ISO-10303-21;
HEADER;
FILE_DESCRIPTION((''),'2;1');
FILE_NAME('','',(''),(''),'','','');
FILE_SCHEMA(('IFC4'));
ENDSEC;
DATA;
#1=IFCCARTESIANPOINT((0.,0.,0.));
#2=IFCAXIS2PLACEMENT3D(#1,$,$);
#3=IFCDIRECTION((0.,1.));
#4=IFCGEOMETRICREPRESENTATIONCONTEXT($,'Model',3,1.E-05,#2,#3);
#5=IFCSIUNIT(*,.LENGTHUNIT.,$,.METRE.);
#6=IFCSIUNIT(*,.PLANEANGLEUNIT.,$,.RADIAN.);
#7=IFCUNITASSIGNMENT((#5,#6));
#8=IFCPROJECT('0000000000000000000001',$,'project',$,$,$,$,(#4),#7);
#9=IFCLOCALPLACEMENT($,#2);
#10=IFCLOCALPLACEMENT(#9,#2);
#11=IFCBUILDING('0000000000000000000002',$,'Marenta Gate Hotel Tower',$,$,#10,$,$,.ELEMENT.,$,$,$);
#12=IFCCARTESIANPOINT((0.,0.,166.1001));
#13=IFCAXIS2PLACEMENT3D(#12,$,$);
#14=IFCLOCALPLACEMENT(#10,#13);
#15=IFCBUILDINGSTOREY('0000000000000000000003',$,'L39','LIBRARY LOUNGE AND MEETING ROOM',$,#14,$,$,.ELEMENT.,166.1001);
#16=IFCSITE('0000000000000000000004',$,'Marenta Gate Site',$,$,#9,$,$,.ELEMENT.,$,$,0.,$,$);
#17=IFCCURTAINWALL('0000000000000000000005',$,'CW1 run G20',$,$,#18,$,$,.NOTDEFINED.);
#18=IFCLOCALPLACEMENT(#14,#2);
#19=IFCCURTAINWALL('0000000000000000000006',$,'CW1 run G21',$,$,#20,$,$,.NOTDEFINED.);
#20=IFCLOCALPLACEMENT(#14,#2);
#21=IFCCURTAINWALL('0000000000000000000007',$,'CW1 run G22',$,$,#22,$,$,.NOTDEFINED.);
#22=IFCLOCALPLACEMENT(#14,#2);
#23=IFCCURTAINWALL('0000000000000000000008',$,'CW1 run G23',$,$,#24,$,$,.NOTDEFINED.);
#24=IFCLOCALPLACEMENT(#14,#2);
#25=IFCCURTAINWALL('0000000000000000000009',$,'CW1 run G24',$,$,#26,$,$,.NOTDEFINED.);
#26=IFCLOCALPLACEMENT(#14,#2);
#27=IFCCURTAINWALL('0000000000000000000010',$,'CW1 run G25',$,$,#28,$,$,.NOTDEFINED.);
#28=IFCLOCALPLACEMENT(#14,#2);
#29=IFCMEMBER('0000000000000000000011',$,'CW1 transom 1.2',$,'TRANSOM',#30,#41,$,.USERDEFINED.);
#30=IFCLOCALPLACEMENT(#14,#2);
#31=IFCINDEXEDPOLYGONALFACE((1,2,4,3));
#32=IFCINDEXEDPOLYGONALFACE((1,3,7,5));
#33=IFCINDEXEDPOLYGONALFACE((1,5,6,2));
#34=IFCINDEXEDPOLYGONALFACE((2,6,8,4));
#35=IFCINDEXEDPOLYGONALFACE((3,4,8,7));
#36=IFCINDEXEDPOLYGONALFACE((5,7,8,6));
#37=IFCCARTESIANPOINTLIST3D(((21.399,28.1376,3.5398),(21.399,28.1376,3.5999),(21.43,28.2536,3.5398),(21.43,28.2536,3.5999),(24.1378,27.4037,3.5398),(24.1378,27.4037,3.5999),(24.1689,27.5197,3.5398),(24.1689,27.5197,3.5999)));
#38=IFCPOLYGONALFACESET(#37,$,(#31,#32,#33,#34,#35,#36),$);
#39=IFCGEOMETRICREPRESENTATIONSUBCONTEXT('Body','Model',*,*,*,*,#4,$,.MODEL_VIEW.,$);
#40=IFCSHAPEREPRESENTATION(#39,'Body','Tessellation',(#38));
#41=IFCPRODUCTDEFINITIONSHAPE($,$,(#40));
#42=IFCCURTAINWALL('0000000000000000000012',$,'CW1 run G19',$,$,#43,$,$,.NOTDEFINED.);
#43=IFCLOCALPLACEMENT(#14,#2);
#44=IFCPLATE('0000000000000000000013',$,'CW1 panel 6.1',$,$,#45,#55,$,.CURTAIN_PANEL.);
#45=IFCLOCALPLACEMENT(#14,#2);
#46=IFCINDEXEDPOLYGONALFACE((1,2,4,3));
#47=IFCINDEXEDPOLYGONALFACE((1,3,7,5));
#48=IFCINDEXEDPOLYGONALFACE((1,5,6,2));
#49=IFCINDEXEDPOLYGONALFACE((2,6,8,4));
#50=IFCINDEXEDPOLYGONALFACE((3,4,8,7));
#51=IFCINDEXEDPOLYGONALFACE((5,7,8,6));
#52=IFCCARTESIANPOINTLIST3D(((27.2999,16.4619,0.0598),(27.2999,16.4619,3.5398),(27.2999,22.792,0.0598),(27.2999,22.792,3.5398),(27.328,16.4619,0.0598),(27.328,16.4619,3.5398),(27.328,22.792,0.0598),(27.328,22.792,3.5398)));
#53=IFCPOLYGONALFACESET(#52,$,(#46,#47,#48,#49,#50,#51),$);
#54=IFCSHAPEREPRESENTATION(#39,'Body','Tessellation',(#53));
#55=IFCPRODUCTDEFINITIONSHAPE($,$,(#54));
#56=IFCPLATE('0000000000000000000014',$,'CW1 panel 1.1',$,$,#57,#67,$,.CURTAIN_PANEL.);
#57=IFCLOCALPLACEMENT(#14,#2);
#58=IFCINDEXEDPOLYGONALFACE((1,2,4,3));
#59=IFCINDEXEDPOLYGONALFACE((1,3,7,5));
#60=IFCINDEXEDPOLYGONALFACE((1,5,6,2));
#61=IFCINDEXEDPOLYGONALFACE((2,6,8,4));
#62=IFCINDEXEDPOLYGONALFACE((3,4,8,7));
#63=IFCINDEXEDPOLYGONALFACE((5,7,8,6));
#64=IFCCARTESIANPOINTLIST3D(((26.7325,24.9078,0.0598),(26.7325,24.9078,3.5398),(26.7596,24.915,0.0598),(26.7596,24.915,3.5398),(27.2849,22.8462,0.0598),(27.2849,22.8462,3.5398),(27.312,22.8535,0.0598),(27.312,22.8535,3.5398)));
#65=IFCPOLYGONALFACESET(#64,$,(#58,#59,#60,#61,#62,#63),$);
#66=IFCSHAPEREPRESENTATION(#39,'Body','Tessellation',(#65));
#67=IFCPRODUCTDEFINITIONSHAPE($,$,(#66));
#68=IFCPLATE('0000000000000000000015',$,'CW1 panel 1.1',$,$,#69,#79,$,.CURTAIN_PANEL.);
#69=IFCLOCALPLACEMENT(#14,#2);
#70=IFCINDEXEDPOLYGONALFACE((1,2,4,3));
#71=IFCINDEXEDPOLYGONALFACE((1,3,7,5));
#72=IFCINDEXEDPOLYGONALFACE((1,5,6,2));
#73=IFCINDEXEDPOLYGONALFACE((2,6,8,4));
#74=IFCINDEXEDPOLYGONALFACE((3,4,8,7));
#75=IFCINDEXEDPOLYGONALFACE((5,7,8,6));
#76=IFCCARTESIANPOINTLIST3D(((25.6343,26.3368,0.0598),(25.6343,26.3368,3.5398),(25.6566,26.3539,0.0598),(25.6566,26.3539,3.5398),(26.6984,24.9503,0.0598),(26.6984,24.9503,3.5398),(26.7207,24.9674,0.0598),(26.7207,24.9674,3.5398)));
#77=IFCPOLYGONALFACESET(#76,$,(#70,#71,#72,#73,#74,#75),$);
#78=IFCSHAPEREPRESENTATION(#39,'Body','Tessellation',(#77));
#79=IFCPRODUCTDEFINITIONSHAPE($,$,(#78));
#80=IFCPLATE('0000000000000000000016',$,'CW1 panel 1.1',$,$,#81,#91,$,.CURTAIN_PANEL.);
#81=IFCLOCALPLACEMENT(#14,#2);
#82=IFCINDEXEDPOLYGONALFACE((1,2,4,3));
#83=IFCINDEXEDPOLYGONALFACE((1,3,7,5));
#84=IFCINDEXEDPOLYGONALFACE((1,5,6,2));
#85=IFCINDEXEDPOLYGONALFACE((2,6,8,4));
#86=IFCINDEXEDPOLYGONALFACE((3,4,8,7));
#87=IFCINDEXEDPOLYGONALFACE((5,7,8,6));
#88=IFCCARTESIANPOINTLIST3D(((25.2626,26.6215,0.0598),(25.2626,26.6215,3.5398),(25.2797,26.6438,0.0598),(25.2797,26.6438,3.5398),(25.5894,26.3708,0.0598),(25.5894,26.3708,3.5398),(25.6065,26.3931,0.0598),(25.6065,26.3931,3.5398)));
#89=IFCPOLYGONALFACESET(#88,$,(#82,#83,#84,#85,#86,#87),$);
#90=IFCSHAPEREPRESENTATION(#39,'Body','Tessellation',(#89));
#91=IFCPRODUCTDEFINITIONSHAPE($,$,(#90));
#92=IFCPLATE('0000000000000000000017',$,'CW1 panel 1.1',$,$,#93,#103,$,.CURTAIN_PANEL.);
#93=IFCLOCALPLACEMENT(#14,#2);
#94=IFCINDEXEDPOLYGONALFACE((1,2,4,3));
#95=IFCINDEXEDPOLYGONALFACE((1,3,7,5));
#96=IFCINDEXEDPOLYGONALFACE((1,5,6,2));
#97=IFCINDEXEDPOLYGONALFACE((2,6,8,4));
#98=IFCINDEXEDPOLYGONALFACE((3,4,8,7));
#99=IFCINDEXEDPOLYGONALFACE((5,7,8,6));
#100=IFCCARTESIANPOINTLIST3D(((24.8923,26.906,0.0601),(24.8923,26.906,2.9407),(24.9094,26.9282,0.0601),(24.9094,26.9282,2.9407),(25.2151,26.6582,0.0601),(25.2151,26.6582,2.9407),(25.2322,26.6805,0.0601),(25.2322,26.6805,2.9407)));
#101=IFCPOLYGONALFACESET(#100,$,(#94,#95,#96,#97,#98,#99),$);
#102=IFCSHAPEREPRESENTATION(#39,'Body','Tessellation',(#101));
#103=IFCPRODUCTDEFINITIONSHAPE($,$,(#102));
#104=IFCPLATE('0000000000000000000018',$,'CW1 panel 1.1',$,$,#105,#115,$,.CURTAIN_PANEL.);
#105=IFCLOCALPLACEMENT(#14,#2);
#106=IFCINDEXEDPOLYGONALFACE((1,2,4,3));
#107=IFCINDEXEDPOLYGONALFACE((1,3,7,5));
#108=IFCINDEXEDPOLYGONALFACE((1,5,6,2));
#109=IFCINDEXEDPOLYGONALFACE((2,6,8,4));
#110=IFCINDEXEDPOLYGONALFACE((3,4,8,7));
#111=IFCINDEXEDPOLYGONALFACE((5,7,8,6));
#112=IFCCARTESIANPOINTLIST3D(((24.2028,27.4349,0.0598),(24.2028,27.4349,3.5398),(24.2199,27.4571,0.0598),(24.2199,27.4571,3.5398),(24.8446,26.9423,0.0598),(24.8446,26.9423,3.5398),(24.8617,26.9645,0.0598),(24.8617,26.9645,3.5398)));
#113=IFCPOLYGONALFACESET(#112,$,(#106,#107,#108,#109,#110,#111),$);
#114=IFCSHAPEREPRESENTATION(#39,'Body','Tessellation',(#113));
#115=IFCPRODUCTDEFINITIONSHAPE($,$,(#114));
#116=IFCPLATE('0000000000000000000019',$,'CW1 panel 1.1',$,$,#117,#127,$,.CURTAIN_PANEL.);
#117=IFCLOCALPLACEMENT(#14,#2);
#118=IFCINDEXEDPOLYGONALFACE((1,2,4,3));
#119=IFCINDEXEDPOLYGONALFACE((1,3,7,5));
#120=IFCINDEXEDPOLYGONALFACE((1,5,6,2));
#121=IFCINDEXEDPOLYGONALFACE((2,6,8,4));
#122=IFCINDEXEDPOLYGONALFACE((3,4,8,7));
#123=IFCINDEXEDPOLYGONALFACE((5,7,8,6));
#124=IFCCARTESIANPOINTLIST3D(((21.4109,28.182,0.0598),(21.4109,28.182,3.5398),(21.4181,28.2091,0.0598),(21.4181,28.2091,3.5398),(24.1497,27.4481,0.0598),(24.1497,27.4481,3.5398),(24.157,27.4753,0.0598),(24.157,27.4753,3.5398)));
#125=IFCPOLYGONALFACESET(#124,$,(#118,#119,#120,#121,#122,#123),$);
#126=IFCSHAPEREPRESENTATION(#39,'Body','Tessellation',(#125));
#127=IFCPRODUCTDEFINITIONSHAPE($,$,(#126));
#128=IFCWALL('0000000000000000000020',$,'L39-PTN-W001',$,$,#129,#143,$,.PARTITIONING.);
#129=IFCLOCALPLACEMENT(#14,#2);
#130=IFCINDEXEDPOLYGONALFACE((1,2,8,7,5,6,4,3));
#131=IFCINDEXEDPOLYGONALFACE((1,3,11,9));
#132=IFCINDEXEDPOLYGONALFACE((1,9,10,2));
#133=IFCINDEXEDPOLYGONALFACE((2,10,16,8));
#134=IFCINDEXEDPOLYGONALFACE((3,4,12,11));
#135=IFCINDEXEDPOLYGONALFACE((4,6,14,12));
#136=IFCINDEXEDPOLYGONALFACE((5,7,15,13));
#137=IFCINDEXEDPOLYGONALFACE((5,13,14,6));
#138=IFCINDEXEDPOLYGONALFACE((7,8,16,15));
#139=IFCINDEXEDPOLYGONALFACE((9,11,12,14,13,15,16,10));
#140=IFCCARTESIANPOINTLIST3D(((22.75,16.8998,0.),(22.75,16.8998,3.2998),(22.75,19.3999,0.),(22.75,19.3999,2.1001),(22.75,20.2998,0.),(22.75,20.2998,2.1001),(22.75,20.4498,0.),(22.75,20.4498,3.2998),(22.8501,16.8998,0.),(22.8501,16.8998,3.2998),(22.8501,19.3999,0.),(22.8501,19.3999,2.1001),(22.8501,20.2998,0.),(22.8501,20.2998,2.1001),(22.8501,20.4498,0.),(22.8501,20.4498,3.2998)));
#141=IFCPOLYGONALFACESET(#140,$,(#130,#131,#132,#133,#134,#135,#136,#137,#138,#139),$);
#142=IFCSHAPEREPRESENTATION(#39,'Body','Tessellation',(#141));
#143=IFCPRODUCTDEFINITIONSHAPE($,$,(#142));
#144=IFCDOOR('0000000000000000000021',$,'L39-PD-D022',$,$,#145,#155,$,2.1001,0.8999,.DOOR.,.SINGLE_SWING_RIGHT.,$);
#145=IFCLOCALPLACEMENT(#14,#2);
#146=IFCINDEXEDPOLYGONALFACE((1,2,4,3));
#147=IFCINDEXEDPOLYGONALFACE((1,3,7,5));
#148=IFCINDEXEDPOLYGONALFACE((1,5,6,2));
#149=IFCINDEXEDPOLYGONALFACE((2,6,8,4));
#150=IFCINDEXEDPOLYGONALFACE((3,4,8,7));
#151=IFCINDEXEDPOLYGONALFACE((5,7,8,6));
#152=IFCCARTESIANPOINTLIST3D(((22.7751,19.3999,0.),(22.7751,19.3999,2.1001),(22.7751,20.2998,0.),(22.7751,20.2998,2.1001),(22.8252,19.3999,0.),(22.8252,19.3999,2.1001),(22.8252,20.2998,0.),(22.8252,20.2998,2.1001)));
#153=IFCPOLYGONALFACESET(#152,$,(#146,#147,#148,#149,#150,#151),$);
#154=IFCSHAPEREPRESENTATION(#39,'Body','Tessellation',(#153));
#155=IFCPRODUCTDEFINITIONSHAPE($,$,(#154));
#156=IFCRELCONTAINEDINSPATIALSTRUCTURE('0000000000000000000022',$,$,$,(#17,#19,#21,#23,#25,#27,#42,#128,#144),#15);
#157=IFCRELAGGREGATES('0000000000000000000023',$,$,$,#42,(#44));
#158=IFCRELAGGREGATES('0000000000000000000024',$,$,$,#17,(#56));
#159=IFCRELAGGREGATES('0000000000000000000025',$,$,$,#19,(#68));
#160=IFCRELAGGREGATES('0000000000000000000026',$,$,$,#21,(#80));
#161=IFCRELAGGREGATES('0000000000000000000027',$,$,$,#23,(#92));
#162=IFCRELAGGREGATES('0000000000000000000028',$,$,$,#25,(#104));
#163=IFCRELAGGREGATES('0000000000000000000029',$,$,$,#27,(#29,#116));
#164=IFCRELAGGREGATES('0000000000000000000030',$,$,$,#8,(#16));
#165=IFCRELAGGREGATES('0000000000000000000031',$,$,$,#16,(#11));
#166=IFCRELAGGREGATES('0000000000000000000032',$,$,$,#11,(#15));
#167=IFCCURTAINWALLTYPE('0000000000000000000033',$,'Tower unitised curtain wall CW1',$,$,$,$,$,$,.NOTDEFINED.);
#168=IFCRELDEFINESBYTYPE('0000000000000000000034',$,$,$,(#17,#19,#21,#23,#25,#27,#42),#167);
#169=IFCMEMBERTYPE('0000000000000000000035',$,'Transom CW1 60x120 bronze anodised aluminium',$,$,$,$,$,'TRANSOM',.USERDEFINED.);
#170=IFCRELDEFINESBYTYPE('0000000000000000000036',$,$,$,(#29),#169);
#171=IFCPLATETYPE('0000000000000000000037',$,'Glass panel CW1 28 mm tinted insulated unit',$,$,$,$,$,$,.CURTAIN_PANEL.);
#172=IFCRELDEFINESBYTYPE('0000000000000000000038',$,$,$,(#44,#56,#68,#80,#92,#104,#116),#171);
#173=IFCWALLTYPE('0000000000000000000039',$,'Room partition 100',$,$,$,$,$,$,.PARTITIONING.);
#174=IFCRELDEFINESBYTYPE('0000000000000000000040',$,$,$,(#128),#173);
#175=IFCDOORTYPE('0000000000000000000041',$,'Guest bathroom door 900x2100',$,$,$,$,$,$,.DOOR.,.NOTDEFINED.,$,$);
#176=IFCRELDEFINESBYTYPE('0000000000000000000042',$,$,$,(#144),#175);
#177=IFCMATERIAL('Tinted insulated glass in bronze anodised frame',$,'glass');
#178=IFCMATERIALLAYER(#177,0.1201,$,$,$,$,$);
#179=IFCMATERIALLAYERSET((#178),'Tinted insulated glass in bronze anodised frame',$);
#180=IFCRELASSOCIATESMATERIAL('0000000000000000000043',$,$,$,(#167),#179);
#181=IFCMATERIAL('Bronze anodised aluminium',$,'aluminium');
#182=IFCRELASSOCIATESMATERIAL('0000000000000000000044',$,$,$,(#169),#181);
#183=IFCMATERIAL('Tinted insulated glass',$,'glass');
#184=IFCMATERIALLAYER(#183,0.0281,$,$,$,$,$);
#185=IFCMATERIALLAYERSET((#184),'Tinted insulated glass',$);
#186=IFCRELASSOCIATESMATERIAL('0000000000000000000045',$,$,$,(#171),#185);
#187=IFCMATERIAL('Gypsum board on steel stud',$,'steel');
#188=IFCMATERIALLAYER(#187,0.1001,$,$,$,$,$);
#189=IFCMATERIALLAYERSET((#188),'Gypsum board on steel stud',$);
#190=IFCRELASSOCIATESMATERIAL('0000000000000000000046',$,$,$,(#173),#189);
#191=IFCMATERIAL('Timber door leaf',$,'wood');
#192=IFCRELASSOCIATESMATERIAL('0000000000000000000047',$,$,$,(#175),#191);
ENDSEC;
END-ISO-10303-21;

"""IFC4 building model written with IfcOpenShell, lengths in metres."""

from ifc_helpers import new_model, si_unit, direction, frame, frame_2d, origin, origin_2d, place, context, subcontext, project, spatial, rectangle, extrude, material, layer, layer_set, material_profile, profile_set, type_object, element, fill, aggregate, save


model = new_model("IFC4")

# Units and contexts
model_context = context("Model", 3, precision=1e-05, world=origin(), true_north=direction((0.0, 1.0)))
body_context = subcontext(model_context, "Body", "Model", "MODEL_VIEW")
ifc_project = project(units=[si_unit("LENGTHUNIT", "METRE"), si_unit("PLANEANGLEUNIT", "RADIAN")], contexts=[model_context])

# Site, building, storey
site_placement = place(None, origin())
site = spatial("IfcSite", under=ifc_project, at=site_placement, Name="Marenta Gate Site", CompositionType="ELEMENT", RefElevation=0.0)
building_placement = place(site_placement, origin())
building = spatial("IfcBuilding", under=site, at=building_placement, Name="Marenta Gate Hotel Tower", CompositionType="ELEMENT")
storey_placement = place(building_placement, frame((0.0, 0.0, 166.1001)))
storey = spatial("IfcBuildingStorey", under=building, at=storey_placement, Name="L39", Description="LIBRARY LOUNGE AND MEETING ROOM", CompositionType="ELEMENT", Elevation=166.1001)

# Curtain walls
ifc_material_1 = material(Name="Tinted insulated glass in bronze anodised frame", Category="glass")
ifc_layer_1 = layer(ifc_material_1, 0.1201)
ifc_layer_set_1 = layer_set([ifc_layer_1], Name="Tinted insulated glass in bronze anodised frame")
curtain_wall_type = type_object("IfcCurtainWallType", Name="Tower unitised curtain wall CW1", PredefinedType="NOTDEFINED", material=ifc_layer_set_1)
curtain_wall_1_placement = place(storey_placement, origin())
curtain_wall_1 = element("IfcCurtainWall", 1, at=curtain_wall_1_placement, inside=storey, type_object=curtain_wall_type, Name="CW1 run G20", PredefinedType="NOTDEFINED")
curtain_wall_2_placement = place(storey_placement, origin())
curtain_wall_2 = element("IfcCurtainWall", 2, at=curtain_wall_2_placement, inside=storey, type_object=curtain_wall_type, Name="CW1 run G21", PredefinedType="NOTDEFINED")
curtain_wall_3_placement = place(storey_placement, origin())
curtain_wall_3 = element("IfcCurtainWall", 3, at=curtain_wall_3_placement, inside=storey, type_object=curtain_wall_type, Name="CW1 run G22", PredefinedType="NOTDEFINED")
curtain_wall_4_placement = place(storey_placement, origin())
curtain_wall_4 = element("IfcCurtainWall", 4, at=curtain_wall_4_placement, inside=storey, type_object=curtain_wall_type, Name="CW1 run G23", PredefinedType="NOTDEFINED")
curtain_wall_5_placement = place(storey_placement, origin())
curtain_wall_5 = element("IfcCurtainWall", 5, at=curtain_wall_5_placement, inside=storey, type_object=curtain_wall_type, Name="CW1 run G24", PredefinedType="NOTDEFINED")
curtain_wall_6_placement = place(storey_placement, origin())
curtain_wall_6 = element("IfcCurtainWall", 6, at=curtain_wall_6_placement, inside=storey, type_object=curtain_wall_type, Name="CW1 run G25", PredefinedType="NOTDEFINED")

# Member
ifc_material_2 = material(Name="Bronze anodised aluminium", Category="aluminium")
ifc_material_profile_1 = material_profile(ifc_material_2, rectangle(XDim=0.1201, YDim=0.0601, at=origin_2d()), Name="Transom CW1 60x120 bronze anodised aluminium")
ifc_profile_set_1 = profile_set([ifc_material_profile_1], Name="Bronze anodised aluminium")
member_type_1 = type_object("IfcMemberType", Name="Transom CW1 60x120 bronze anodised aluminium", ElementType="TRANSOM", PredefinedType="USERDEFINED", material=ifc_profile_set_1)
member_1_placement = place(storey_placement, frame((24.1533, 27.4617, 3.5698), z_axis=(-0.965923, 0.258831, 0.0), x_axis=(-0.258831, -0.965923, 0.0)))
member_1 = element("IfcMember", 7, at=member_1_placement, type_object=member_type_1, Name="CW1 transom 1.2", ObjectType="TRANSOM", PredefinedType="USERDEFINED", context=body_context, shape_type="SweptSolid", body=[
    extrude(rectangle(XDim=0.1201, YDim=0.0601, at=origin_2d()), origin(), (0.0, 0.0, 1.0), 2.8354),
])

# Curtain wall, plate
curtain_wall_7_placement = place(storey_placement, origin())
curtain_wall_7 = element("IfcCurtainWall", 8, at=curtain_wall_7_placement, inside=storey, type_object=curtain_wall_type, Name="CW1 run G19", PredefinedType="NOTDEFINED")
ifc_material_3 = material(Name="Tinted insulated glass", Category="glass")
ifc_layer_2 = layer(ifc_material_3, 0.0281)
ifc_layer_set_2 = layer_set([ifc_layer_2], Name="Tinted insulated glass")
plate_type = type_object("IfcPlateType", Name="Glass panel CW1 28 mm tinted insulated unit", PredefinedType="CURTAIN_PANEL", material=ifc_layer_set_2)
plate_1_placement = place(storey_placement, frame((27.314, 19.627, 0.0598), z_axis=(0.0, 0.0, 1.0), x_axis=(0.0, 1.0, 0.0)))
plate_1 = element("IfcPlate", 9, at=plate_1_placement, type_object=plate_type, Name="CW1 panel 6.1", PredefinedType="CURTAIN_PANEL", context=body_context, shape_type="SweptSolid", body=[
    extrude(rectangle(XDim=6.3301, YDim=0.0281, at=origin_2d()), origin(), (0.0, 0.0, 1.0), 3.48),
])
aggregate(curtain_wall_7, [plate_1])

# Plates
plate_2_placement = place(storey_placement, frame((27.0222, 23.8806, 0.0598), z_axis=(0.0, 0.0, 1.0), x_axis=(-0.258823, 0.965925, 0.0)))
plate_2 = element("IfcPlate", 10, at=plate_2_placement, type_object=plate_type, Name="CW1 panel 1.1", PredefinedType="CURTAIN_PANEL", context=body_context, shape_type="SweptSolid", body=[
    extrude(rectangle(XDim=2.1343, YDim=0.0281, at=origin_2d()), origin(), (0.0, 0.0, 1.0), 3.48),
])
aggregate(curtain_wall_1, [plate_2])
plate_3_placement = place(storey_placement, frame((26.1775, 25.6521, 0.0598), z_axis=(0.0, 0.0, 1.0), x_axis=(-0.608796, 0.793327, 0.0)))
plate_3 = element("IfcPlate", 11, at=plate_3_placement, type_object=plate_type, Name="CW1 panel 1.1", PredefinedType="CURTAIN_PANEL", context=body_context, shape_type="SweptSolid", body=[
    extrude(rectangle(XDim=1.7478, YDim=0.0281, at=origin_2d()), origin(), (0.0, 0.0, 1.0), 3.48),
])
aggregate(curtain_wall_2, [plate_3])
plate_4_placement = place(storey_placement, frame((25.4346, 26.5073, 0.0598), z_axis=(0.0, 0.0, 1.0), x_axis=(-0.793364, 0.608747, 0.0)))
plate_4 = element("IfcPlate", 12, at=plate_4_placement, type_object=plate_type, Name="CW1 panel 1.1", PredefinedType="CURTAIN_PANEL", context=body_context, shape_type="SweptSolid", body=[
    extrude(rectangle(XDim=0.4119, YDim=0.0281, at=origin_2d()), origin(), (0.0, 0.0, 1.0), 3.48),
])
aggregate(curtain_wall_3, [plate_4])
plate_5_placement = place(storey_placement, frame((25.0623, 26.7932, 0.0601), z_axis=(0.0, 0.0, 1.0), x_axis=(-0.793348, 0.608769, 0.0)))
plate_5 = element("IfcPlate", 13, at=plate_5_placement, type_object=plate_type, Name="CW1 panel 1.1", PredefinedType="CURTAIN_PANEL", context=body_context, shape_type="SweptSolid", body=[
    extrude(rectangle(XDim=0.407, YDim=0.0281, at=origin_2d()), origin(), (0.0, 0.0, 1.0), 2.8806),
])
aggregate(curtain_wall_4, [plate_5])
plate_6_placement = place(storey_placement, frame((24.5322, 27.1997, 0.0598), z_axis=(0.0, 0.0, 1.0), x_axis=(-0.793295, 0.608837, 0.0)))
plate_6 = element("IfcPlate", 14, at=plate_6_placement, type_object=plate_type, Name="CW1 panel 1.1", PredefinedType="CURTAIN_PANEL", context=body_context, shape_type="SweptSolid", body=[
    extrude(rectangle(XDim=0.8091, YDim=0.0281, at=origin_2d()), origin(), (0.0, 0.0, 1.0), 3.48),
])
aggregate(curtain_wall_5, [plate_6])
plate_7_placement = place(storey_placement, frame((22.7839, 27.8286, 0.0598), z_axis=(0.0, 0.0, 1.0), x_axis=(-0.965929, 0.258806, 0.0)))
plate_7 = element("IfcPlate", 15, at=plate_7_placement, type_object=plate_type, Name="CW1 panel 1.1", PredefinedType="CURTAIN_PANEL", context=body_context, shape_type="SweptSolid", body=[
    extrude(rectangle(XDim=2.8354, YDim=0.0281, at=origin_2d()), origin(), (0.0, 0.0, 1.0), 3.48),
])
aggregate(curtain_wall_6, [member_1, plate_7])

# Wall, opening, door
ifc_material_4 = material(Name="Gypsum board on steel stud", Category="steel")
ifc_layer_3 = layer(ifc_material_4, 0.1001)
ifc_layer_set_3 = layer_set([ifc_layer_3], Name="Gypsum board on steel stud")
wall_type = type_object("IfcWallType", Name="Room partition 100", PredefinedType="PARTITIONING", material=ifc_layer_set_3)
wall_placement = place(storey_placement, frame((22.8, 16.8999, 0.0), z_axis=(0.0, 0.0, 1.0), x_axis=(0.0, 1.0, 0.0)))
wall = element("IfcWall", 16, at=wall_placement, inside=storey, type_object=wall_type, Name="L39-PTN-W001", PredefinedType="PARTITIONING", context=body_context, shape_type="SweptSolid", body=[
    extrude(rectangle(XDim=3.55, YDim=0.1001, at=frame_2d((1.7749, 0.0))), origin(), (0.0, 0.0, 1.0), 3.2998),
])
opening_placement = place(wall_placement, frame((2.5, 0.0, 0.0)))
opening = element("IfcOpeningElement", 17, at=opening_placement, cuts=wall, PredefinedType="OPENING", context=body_context, shape_type="SweptSolid", body=[
    extrude(rectangle(XDim=0.8999, YDim=2.1001, at=frame_2d((0.45, 1.05))), frame((0.0, 0.05, 0.0), z_axis=(0.0, -1.0, 0.0), x_axis=(1.0, 0.0, 0.0)), (0.0, 0.0, 1.0), 0.1001),
])
ifc_material_5 = material(Name="Timber door leaf", Category="wood")
door_type = type_object("IfcDoorType", Name="Guest bathroom door 900x2100", OperationType="NOTDEFINED", PredefinedType="DOOR", material=ifc_material_5)
door_placement = place(opening_placement, origin())
door = element("IfcDoor", 18, at=door_placement, inside=storey, type_object=door_type, Name="L39-PD-D022", OperationType="SINGLE_SWING_RIGHT", OverallHeight=2.1001, OverallWidth=0.8999, PredefinedType="DOOR", context=body_context, shape_type="SweptSolid", body=[
    extrude(rectangle(XDim=0.8999, YDim=2.1001, at=frame_2d((0.45, 1.05))), frame((0.0, 0.0249, 0.0), z_axis=(0.0, -1.0, 0.0), x_axis=(1.0, 0.0, 0.0)), (0.0, 0.0, 1.0), 0.05),
])
fill(opening, door)

save(model, "model.ifc")
